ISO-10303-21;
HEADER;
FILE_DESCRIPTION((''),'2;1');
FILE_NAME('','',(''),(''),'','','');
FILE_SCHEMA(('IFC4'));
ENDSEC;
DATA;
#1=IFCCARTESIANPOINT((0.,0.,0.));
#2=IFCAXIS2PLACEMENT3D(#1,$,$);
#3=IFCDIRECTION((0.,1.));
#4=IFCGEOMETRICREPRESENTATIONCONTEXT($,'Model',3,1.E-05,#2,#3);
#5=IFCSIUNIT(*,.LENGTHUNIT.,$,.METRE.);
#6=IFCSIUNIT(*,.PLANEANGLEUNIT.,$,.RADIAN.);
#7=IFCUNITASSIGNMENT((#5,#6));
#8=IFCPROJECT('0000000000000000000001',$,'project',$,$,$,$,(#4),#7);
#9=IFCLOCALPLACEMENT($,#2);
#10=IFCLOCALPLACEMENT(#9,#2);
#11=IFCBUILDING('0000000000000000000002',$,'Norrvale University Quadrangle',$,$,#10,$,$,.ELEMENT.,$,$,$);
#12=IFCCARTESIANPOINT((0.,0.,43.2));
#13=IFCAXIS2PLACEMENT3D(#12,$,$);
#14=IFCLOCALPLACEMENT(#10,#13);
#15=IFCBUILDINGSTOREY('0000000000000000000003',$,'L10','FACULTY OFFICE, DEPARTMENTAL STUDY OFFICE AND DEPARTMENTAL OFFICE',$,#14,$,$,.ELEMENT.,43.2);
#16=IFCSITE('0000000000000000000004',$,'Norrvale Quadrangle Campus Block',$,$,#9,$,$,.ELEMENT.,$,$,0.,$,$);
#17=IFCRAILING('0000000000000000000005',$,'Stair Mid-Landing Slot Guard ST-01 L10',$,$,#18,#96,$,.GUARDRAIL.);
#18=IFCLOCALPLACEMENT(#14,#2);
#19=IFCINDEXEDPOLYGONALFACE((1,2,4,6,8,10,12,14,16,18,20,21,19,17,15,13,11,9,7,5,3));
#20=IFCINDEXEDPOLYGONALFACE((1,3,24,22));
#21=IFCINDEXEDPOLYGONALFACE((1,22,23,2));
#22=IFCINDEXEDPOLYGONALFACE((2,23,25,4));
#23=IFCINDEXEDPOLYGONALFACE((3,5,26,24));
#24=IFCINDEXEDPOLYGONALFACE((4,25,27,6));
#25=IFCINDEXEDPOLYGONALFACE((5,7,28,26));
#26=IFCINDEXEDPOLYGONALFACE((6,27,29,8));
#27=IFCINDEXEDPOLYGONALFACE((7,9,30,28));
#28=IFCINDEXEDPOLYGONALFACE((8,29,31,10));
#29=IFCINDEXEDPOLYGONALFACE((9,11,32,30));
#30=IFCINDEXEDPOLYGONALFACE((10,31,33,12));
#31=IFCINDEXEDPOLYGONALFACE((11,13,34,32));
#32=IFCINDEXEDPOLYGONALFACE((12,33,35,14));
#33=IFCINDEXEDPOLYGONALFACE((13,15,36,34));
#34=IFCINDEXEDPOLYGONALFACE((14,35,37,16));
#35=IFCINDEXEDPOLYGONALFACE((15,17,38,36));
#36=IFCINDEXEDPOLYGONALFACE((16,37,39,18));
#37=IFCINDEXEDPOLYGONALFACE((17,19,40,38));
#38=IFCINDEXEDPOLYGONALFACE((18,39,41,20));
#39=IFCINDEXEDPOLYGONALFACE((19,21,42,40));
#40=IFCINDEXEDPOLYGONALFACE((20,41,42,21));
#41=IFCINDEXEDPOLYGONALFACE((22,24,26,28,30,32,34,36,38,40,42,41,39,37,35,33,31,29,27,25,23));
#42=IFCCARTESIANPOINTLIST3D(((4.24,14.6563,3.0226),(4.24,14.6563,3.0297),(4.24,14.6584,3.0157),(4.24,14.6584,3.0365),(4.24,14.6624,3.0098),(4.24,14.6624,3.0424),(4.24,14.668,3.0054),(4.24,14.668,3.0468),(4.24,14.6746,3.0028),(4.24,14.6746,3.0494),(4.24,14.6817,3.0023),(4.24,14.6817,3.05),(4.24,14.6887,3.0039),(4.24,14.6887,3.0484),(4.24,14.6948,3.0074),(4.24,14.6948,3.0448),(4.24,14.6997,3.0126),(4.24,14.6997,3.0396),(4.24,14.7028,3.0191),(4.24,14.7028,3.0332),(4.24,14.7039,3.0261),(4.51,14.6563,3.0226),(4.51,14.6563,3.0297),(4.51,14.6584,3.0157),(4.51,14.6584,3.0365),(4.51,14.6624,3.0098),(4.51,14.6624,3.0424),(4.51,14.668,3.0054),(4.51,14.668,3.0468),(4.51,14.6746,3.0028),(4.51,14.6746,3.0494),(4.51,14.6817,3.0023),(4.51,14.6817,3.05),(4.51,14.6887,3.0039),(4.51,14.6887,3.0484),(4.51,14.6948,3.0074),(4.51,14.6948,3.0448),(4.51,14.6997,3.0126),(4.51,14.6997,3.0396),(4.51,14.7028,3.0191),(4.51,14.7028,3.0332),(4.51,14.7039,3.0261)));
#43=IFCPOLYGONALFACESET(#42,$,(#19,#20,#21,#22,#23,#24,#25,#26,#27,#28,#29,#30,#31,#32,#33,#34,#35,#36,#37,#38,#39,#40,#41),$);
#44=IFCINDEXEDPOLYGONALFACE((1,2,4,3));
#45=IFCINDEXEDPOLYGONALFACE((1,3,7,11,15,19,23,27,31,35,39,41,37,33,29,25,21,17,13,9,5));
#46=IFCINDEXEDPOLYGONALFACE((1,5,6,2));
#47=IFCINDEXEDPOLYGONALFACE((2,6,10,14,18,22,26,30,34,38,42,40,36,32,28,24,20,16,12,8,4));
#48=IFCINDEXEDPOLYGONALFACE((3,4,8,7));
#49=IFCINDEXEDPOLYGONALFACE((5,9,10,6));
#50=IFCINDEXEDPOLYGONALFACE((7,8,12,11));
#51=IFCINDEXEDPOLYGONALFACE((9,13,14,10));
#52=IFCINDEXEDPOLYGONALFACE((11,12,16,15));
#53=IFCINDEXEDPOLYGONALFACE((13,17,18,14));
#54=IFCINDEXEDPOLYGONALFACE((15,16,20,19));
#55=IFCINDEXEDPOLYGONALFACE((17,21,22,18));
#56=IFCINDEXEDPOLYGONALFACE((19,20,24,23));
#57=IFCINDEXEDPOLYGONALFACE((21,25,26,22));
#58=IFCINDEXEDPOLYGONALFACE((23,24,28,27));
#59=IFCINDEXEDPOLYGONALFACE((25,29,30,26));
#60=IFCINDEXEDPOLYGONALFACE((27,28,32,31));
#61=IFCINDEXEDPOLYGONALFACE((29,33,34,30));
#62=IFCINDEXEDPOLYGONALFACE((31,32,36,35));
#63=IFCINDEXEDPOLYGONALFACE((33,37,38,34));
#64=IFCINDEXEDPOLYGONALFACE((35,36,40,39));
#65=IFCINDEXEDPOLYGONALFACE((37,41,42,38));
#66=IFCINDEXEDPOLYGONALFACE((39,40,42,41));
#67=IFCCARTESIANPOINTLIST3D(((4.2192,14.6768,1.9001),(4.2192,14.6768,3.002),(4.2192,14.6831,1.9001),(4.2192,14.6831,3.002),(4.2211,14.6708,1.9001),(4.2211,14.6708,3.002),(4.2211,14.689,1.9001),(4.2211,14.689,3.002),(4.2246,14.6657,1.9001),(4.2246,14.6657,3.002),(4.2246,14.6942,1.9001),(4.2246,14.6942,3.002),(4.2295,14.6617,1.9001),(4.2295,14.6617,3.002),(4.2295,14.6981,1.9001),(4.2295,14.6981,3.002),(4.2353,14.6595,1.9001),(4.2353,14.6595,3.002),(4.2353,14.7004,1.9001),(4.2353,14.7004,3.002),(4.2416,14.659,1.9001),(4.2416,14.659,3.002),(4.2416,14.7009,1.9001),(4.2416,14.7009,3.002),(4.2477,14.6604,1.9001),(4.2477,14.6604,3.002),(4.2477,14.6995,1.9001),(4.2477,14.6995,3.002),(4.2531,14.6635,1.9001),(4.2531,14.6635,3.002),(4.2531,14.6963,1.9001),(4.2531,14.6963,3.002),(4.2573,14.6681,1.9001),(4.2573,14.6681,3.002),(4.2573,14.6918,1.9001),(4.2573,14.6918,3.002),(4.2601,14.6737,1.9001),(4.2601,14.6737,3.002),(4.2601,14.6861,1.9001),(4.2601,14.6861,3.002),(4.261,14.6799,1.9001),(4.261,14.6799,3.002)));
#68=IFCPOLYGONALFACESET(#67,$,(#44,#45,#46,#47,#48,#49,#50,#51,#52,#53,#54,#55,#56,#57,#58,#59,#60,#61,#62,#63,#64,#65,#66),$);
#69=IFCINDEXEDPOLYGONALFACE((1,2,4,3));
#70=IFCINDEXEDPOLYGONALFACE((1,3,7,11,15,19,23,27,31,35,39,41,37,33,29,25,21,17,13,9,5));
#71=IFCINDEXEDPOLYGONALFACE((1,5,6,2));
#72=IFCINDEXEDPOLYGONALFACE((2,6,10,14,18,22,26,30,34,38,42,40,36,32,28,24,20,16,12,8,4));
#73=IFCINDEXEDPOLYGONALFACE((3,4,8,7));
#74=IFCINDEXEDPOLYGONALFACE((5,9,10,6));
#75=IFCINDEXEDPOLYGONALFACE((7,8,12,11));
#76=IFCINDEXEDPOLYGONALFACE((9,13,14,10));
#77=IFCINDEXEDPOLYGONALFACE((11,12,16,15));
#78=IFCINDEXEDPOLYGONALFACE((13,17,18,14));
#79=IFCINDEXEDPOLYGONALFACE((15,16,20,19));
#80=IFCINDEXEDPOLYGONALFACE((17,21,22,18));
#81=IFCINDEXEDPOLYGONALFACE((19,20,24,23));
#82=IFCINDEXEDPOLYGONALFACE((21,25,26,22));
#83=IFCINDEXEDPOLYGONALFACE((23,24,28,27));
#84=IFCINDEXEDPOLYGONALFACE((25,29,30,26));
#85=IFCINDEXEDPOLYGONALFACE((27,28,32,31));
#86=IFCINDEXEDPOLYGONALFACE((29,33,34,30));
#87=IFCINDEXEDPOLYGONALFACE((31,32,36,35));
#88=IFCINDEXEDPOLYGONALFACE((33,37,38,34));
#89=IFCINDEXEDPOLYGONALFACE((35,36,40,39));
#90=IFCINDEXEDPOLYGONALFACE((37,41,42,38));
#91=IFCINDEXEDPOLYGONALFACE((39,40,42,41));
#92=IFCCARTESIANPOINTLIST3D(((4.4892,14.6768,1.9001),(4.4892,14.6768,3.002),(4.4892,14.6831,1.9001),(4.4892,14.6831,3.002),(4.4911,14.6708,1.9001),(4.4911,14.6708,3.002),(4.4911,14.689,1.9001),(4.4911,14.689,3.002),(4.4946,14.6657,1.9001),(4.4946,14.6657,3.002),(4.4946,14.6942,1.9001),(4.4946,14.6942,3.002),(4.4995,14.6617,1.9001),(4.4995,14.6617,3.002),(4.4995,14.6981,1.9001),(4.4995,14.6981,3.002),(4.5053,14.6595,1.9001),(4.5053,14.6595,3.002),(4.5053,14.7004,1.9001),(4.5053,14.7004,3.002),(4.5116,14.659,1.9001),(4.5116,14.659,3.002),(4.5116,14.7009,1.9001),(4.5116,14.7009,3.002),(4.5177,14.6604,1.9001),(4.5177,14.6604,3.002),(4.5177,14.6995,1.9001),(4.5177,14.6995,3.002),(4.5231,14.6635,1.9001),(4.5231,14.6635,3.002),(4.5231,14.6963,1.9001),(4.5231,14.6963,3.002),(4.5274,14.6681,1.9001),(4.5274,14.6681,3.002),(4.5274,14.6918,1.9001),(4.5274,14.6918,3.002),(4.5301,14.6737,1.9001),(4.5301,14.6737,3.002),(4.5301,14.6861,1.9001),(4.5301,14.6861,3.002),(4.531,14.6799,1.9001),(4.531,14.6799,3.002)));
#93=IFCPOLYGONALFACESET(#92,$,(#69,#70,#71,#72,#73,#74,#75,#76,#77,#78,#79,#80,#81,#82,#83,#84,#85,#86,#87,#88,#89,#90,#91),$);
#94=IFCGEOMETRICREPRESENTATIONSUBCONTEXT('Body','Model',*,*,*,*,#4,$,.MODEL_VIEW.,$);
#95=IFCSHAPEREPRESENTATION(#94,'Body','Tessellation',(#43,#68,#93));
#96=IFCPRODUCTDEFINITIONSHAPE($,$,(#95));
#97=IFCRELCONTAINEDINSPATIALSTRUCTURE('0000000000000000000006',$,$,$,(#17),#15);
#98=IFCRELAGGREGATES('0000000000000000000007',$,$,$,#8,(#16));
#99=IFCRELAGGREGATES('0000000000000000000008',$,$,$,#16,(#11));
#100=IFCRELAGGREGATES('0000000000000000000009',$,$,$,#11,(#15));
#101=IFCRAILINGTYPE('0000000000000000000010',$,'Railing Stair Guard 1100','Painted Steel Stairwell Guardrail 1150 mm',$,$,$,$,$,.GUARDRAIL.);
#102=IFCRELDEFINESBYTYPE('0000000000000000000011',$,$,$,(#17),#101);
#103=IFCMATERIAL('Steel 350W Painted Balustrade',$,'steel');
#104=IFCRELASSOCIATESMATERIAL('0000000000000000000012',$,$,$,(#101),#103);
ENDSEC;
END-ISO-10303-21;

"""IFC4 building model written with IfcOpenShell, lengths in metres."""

from ifc_helpers import new_model, si_unit, direction, frame, origin, origin_2d, place, context, subcontext, project, spatial, circle, extrude, material, type_object, element, save


model = new_model("IFC4")

# Units and contexts
model_context = context("Model", 3, precision=1e-05, world=origin(), true_north=direction((0.0, 1.0)))
body_context = subcontext(model_context, "Body", "Model", "MODEL_VIEW")
ifc_project = project(units=[si_unit("LENGTHUNIT", "METRE"), si_unit("PLANEANGLEUNIT", "RADIAN")], contexts=[model_context])

# Site, building, storey
site_placement = place(None, origin())
site = spatial("IfcSite", under=ifc_project, at=site_placement, Name="Norrvale Quadrangle Campus Block", CompositionType="ELEMENT", RefElevation=0.0)
building_placement = place(site_placement, origin())
building = spatial("IfcBuilding", under=site, at=building_placement, Name="Norrvale University Quadrangle", CompositionType="ELEMENT")
storey_placement = place(building_placement, frame((0.0, 0.0, 43.2)))
storey = spatial("IfcBuildingStorey", under=building, at=storey_placement, Name="L10", Description="FACULTY OFFICE, DEPARTMENTAL STUDY OFFICE AND DEPARTMENTAL OFFICE", CompositionType="ELEMENT", Elevation=43.2)

# Railing
ifc_material_1 = material(Name="Steel 350W Painted Balustrade", Category="steel")
railing_type_1 = type_object("IfcRailingType", Name="Railing Stair Guard 1100", Description="Painted Steel Stairwell Guardrail 1150 mm", PredefinedType="GUARDRAIL", material=ifc_material_1)
railing_1_placement = place(storey_placement, frame((4.24, 14.6799, 1.9001)))
element("IfcRailing", 1, at=railing_1_placement, inside=storey, type_object=railing_type_1, Name="Stair Mid-Landing Slot Guard ST-01 L10", PredefinedType="GUARDRAIL", context=body_context, shape_type="SweptSolid", body=[
    extrude(circle(Radius=0.0239, at=origin_2d()), frame((0.0, 0.0, 1.126), z_axis=(1.0, 0.0, 0.0), x_axis=(0.0, 1.0, 0.0)), (0.0, 0.0, 1.0), 0.27),
    extrude(circle(Radius=0.021, at=origin_2d()), origin(), (0.0, 0.0, 1.0), 1.1018),
    extrude(circle(Radius=0.021, at=origin_2d()), frame((0.27, 0.0, 0.0)), (0.0, 0.0, 1.0), 1.1018),
])

save(model, "model.ifc")
